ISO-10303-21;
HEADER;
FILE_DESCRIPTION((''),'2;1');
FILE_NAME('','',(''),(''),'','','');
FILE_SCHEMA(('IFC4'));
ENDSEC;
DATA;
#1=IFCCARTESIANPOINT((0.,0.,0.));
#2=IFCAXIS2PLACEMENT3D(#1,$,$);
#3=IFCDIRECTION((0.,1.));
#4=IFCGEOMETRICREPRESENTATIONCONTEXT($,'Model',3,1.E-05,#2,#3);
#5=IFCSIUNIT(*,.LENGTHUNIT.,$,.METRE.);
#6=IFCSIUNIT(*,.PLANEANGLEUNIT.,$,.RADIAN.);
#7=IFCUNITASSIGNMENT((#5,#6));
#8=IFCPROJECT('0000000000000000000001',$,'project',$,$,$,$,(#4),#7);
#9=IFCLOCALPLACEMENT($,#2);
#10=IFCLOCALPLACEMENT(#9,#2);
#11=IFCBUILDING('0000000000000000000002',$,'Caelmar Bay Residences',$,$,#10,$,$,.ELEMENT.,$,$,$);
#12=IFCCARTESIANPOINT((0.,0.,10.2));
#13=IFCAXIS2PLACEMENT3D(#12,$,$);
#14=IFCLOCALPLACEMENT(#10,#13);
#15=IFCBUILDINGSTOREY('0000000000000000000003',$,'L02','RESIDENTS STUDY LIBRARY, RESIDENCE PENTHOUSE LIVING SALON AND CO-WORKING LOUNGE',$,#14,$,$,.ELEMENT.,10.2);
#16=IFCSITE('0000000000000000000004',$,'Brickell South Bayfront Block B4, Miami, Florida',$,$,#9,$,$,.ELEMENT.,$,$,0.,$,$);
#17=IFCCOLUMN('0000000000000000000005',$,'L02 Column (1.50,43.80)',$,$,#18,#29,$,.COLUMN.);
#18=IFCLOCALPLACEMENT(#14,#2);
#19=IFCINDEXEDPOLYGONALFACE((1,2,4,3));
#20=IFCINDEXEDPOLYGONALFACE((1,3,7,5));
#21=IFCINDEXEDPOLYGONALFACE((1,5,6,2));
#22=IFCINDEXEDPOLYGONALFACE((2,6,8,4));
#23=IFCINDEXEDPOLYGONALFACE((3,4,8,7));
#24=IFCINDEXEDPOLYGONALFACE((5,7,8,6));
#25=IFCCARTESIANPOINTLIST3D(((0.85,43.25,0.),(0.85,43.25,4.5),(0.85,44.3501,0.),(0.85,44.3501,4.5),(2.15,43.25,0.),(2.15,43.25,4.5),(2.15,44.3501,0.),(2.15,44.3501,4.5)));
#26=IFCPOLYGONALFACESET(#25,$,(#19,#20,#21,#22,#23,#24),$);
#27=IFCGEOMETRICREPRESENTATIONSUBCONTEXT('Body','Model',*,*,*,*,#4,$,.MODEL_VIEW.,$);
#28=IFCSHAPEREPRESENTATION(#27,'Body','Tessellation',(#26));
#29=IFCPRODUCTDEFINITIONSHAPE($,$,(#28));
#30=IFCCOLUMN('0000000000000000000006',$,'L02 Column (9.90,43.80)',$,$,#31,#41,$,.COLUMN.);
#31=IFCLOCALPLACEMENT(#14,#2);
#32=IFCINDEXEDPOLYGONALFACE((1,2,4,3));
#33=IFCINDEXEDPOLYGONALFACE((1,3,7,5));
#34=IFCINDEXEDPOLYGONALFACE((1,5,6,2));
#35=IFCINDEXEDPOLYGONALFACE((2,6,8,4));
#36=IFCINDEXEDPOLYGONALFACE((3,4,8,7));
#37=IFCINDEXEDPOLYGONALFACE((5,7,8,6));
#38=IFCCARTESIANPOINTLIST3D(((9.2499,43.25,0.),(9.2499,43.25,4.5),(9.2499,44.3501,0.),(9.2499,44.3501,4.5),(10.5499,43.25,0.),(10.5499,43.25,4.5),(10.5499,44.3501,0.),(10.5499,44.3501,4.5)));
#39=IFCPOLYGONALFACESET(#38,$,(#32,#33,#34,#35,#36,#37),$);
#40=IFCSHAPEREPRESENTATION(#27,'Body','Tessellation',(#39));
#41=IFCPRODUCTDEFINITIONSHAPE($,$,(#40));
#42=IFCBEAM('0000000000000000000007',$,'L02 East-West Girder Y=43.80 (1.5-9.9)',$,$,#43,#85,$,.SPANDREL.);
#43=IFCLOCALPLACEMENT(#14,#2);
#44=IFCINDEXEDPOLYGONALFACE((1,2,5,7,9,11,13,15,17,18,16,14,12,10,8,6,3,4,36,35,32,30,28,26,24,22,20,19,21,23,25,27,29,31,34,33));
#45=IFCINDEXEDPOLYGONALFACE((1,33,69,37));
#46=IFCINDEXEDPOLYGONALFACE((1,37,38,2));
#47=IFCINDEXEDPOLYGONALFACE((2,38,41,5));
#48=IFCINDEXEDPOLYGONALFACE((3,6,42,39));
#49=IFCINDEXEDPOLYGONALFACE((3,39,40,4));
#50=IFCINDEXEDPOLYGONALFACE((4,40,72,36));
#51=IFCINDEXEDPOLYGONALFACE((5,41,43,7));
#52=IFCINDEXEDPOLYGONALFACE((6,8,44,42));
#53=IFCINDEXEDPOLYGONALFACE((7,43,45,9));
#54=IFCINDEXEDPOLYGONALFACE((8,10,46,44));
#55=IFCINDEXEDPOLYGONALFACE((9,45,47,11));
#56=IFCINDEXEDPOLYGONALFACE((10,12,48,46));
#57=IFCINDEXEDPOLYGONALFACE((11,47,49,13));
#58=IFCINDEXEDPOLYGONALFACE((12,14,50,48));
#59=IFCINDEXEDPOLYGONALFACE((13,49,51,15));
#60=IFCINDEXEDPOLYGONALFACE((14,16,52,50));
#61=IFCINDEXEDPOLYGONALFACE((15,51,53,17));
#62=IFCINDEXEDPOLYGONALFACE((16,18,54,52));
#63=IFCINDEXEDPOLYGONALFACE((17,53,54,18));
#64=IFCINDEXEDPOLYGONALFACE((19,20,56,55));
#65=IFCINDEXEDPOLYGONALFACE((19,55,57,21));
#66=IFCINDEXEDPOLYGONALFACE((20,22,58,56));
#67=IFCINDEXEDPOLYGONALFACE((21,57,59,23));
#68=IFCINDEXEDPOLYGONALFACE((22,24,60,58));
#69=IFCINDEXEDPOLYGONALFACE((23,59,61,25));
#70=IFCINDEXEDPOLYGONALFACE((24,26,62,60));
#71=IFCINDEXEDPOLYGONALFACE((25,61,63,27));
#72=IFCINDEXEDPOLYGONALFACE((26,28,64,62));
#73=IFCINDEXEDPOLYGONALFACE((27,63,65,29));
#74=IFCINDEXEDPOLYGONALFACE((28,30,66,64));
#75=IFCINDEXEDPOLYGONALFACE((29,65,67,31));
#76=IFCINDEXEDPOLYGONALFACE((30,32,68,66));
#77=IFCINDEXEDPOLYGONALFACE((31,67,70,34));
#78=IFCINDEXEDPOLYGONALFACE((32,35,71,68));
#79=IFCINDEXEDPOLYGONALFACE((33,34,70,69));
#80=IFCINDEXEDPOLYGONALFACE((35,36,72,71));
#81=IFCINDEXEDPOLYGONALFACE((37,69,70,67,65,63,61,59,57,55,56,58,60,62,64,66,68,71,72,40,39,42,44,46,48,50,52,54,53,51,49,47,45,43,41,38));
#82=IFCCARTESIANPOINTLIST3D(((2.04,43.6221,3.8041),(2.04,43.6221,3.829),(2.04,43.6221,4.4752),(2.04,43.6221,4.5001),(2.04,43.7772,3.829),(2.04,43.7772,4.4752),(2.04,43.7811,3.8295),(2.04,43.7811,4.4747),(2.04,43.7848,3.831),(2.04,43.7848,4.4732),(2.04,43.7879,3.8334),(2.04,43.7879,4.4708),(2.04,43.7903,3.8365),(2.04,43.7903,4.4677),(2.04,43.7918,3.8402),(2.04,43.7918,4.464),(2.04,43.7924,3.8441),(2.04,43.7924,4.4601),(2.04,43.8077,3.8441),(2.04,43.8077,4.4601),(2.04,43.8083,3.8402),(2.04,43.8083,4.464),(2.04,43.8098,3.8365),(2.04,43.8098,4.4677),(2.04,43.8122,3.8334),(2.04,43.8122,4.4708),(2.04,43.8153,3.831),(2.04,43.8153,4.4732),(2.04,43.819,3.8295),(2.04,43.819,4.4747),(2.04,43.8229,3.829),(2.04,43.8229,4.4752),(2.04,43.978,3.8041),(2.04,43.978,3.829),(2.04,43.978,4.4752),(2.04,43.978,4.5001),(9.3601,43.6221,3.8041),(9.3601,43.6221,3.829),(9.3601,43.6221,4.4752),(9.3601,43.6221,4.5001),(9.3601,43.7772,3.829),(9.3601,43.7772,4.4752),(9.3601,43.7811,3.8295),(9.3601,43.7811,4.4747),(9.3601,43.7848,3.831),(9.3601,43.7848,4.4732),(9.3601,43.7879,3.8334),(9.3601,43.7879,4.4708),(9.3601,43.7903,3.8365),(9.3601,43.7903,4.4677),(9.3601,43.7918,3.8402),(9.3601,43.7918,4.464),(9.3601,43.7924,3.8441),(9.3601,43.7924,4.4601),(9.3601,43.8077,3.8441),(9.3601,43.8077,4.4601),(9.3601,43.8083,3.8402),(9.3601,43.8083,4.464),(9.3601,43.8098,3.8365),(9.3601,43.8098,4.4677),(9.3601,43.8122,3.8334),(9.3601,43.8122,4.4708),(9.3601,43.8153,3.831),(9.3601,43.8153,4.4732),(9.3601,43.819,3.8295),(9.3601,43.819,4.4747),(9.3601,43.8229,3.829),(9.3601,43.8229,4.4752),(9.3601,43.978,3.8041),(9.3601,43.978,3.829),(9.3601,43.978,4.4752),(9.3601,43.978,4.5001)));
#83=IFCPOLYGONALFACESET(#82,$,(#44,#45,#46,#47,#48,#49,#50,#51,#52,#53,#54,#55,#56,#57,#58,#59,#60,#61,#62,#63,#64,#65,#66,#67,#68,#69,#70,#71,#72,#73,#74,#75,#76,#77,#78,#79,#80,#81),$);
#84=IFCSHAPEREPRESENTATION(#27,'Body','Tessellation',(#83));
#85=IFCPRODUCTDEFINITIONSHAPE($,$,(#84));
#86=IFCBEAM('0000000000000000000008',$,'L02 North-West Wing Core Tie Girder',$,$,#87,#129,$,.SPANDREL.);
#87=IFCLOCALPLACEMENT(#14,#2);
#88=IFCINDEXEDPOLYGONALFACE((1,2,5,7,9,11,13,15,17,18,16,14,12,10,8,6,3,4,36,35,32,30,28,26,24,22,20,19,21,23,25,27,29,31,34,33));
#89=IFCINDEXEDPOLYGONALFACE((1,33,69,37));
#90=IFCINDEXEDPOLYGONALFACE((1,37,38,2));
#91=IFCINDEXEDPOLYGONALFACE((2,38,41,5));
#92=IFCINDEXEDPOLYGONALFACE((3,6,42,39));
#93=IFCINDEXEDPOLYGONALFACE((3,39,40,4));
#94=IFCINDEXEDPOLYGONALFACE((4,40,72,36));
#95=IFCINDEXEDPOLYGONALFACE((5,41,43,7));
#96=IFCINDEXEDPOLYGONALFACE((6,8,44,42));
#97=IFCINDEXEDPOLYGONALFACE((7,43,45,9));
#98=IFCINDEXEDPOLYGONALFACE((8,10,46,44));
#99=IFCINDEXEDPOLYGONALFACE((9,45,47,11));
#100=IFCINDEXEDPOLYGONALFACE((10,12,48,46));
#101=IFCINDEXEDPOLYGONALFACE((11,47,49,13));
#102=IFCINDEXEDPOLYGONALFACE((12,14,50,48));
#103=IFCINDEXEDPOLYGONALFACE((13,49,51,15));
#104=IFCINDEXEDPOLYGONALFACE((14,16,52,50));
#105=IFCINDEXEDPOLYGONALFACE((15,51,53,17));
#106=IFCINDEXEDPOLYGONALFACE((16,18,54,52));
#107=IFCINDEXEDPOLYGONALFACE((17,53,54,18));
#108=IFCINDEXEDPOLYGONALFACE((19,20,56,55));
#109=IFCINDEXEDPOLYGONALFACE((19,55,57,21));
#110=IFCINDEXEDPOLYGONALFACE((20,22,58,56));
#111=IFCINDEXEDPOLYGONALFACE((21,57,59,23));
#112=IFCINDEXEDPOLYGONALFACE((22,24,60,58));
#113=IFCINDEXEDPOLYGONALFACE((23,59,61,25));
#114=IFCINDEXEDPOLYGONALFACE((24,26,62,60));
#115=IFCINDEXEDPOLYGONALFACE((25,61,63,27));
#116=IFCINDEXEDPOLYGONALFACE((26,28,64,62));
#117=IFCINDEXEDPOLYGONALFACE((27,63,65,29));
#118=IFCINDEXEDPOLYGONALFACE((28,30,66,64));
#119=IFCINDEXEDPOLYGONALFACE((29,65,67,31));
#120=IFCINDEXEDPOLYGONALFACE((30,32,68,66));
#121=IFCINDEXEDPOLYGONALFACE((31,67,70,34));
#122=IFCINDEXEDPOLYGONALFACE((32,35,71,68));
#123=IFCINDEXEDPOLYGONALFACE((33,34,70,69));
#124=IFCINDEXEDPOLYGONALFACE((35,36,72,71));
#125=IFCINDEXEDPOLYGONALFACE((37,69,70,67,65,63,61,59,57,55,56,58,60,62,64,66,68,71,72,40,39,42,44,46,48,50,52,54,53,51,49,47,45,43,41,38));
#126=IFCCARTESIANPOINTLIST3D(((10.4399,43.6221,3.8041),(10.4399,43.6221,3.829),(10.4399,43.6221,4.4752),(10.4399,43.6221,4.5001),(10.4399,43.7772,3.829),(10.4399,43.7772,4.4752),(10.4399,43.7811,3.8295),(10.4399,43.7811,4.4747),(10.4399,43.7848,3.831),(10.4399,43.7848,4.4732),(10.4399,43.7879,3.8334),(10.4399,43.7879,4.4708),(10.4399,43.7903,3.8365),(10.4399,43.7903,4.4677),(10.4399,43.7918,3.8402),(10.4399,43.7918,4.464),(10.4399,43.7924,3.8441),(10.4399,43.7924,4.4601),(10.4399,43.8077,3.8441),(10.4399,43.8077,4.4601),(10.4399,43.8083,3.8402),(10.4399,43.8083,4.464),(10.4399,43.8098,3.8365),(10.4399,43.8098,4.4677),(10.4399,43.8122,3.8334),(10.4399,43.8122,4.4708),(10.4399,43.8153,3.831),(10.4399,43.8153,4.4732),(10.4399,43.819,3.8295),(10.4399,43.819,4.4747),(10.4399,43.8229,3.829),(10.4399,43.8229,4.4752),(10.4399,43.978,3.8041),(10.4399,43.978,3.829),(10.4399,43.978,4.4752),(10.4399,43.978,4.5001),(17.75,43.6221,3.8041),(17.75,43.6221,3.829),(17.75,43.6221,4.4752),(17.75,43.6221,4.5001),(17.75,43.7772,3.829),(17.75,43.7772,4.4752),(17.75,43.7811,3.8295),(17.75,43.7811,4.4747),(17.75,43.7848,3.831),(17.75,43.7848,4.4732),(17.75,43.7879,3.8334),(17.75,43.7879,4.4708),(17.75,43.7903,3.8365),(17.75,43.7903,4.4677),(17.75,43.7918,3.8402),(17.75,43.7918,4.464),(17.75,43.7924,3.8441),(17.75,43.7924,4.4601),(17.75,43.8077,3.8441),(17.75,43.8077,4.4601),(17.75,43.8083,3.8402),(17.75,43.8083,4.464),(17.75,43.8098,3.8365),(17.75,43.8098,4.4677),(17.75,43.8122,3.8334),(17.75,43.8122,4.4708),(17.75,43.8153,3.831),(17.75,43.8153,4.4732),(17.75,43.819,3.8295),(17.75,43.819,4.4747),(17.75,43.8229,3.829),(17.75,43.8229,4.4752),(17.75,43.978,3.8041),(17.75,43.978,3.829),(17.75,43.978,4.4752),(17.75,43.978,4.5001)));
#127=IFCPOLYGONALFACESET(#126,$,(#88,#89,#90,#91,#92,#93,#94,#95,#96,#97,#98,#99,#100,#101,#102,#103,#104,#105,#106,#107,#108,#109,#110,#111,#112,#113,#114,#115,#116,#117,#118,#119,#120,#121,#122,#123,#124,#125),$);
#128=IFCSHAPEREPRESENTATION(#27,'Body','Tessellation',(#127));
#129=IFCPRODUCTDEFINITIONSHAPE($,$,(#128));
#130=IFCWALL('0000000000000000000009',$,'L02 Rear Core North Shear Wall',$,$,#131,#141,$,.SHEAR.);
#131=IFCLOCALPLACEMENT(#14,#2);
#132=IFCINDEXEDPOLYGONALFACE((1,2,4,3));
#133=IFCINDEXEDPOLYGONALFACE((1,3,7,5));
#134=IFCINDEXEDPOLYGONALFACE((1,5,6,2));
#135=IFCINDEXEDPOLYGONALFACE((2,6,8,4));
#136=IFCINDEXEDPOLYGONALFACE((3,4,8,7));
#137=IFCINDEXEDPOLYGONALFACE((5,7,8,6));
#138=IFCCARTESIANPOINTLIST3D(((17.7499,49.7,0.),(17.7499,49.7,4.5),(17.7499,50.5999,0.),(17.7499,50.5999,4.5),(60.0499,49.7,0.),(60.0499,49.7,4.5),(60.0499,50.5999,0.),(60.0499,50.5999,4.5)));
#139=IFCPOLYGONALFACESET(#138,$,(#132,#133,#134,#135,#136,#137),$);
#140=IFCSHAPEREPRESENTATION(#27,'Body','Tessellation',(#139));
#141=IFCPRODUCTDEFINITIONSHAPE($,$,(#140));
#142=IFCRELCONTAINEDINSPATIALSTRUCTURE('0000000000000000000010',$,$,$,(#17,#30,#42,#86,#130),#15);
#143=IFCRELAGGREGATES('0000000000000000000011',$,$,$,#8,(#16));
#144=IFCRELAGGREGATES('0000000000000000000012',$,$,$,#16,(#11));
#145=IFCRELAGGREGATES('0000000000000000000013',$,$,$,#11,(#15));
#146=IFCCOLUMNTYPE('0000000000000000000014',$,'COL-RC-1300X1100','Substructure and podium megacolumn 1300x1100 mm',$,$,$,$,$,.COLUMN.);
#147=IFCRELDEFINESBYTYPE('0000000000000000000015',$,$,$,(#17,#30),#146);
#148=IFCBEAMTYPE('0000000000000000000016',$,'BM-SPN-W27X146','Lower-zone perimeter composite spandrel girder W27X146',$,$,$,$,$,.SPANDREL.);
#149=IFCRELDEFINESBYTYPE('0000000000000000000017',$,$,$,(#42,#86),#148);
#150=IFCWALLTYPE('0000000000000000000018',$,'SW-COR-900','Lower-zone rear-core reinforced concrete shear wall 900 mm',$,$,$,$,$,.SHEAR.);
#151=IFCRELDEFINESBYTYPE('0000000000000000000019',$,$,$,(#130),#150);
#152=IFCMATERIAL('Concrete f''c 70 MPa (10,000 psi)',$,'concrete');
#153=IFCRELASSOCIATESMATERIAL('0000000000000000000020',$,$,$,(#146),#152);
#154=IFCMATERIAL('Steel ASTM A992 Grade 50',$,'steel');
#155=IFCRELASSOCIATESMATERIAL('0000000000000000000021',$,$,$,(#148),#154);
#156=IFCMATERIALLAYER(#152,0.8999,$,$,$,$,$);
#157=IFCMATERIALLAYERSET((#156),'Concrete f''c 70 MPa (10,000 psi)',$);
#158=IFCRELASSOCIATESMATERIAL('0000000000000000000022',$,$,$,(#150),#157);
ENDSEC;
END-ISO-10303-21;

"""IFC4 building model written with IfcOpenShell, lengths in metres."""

from ifc_helpers import new_model, si_unit, direction, frame, frame_2d, origin, origin_2d, place, context, subcontext, project, spatial, rectangle, i_section, extrude, material, layer, layer_set, material_profile, profile_set, type_object, element, save


model = new_model("IFC4")

# Units and contexts
model_context = context("Model", 3, precision=1e-05, world=origin(), true_north=direction((0.0, 1.0)))
body_context = subcontext(model_context, "Body", "Model", "MODEL_VIEW")
ifc_project = project(units=[si_unit("LENGTHUNIT", "METRE"), si_unit("PLANEANGLEUNIT", "RADIAN")], contexts=[model_context])

# Site, building, storey
site_placement = place(None, origin())
site = spatial("IfcSite", under=ifc_project, at=site_placement, Name="Brickell South Bayfront Block B4, Miami, Florida", CompositionType="ELEMENT", RefElevation=0.0)
building_placement = place(site_placement, origin())
building = spatial("IfcBuilding", under=site, at=building_placement, Name="Caelmar Bay Residences", CompositionType="ELEMENT")
storey_placement = place(building_placement, frame((0.0, 0.0, 10.2)))
storey = spatial("IfcBuildingStorey", under=building, at=storey_placement, Name="L02", Description="RESIDENTS STUDY LIBRARY, RESIDENCE PENTHOUSE LIVING SALON AND CO-WORKING LOUNGE", CompositionType="ELEMENT", Elevation=10.2)

# Columns
ifc_material_1 = material(Name="Concrete f'c 70 MPa (10,000 psi)", Category="concrete")
ifc_material_profile_1 = material_profile(ifc_material_1, rectangle(XDim=1.3, YDim=1.1001, at=origin_2d()), Name="RC-COL-1300X1100")
ifc_profile_set_1 = profile_set([ifc_material_profile_1], Name="Concrete f'c 70 MPa (10,000 psi)")
column_type = type_object("IfcColumnType", Name="COL-RC-1300X1100", Description="Substructure and podium megacolumn 1300x1100 mm", PredefinedType="COLUMN", material=ifc_profile_set_1)
for number, where, z_axis, x_axis, name in (
    (1, (1.5, 43.8, 0.0), (0.0, 0.0, 1.0), (1.0, 0.0, 0.0), "L02 Column (1.50,43.80)"),
    (2, (9.8999, 43.8, 0.0), (0.0, 0.0, 1.0), (1.0, 0.0, 0.0), "L02 Column (9.90,43.80)"),
):
    element("IfcColumn", number, at=place(storey_placement, frame(where, z_axis=z_axis, x_axis=x_axis)), inside=storey, type_object=column_type, Name=name, PredefinedType="COLUMN", context=body_context, shape_type="SweptSolid", body=[
        extrude(rectangle(XDim=1.3, YDim=1.1001, at=origin_2d()), origin(), (0.0, 0.0, 1.0), 4.5),
    ])

# Beams
ifc_material_2 = material(Name="Steel ASTM A992 Grade 50", Category="steel")
ifc_material_profile_2 = material_profile(ifc_material_2, i_section(OverallWidth=0.356, OverallDepth=0.696, WebThickness=0.0154, FlangeThickness=0.0249, FilletRadius=0.0151, at=origin_2d()), Name="W27X146")
ifc_profile_set_2 = profile_set([ifc_material_profile_2], Name="Steel ASTM A992 Grade 50")
beam_type = type_object("IfcBeamType", Name="BM-SPN-W27X146", Description="Lower-zone perimeter composite spandrel girder W27X146", PredefinedType="SPANDREL", material=ifc_profile_set_2)
beam_1_placement = place(storey_placement, frame((2.04, 43.8, 4.1521), z_axis=(1.0, 0.0, 0.0), x_axis=(0.0, 1.0, 0.0)))
element("IfcBeam", 3, at=beam_1_placement, inside=storey, type_object=beam_type, Name="L02 East-West Girder Y=43.80 (1.5-9.9)", PredefinedType="SPANDREL", context=body_context, shape_type="SweptSolid", body=[
    extrude(i_section(OverallWidth=0.356, OverallDepth=0.696, WebThickness=0.0154, FlangeThickness=0.0249, FilletRadius=0.0151, at=origin_2d()), origin(), (0.0, 0.0, 1.0), 7.3201),
])
beam_2_placement = place(storey_placement, frame((10.4399, 43.8, 4.1521), z_axis=(1.0, 0.0, 0.0), x_axis=(0.0, 1.0, 0.0)))
element("IfcBeam", 4, at=beam_2_placement, inside=storey, type_object=beam_type, Name="L02 North-West Wing Core Tie Girder", PredefinedType="SPANDREL", context=body_context, shape_type="SweptSolid", body=[
    extrude(i_section(OverallWidth=0.356, OverallDepth=0.696, WebThickness=0.0154, FlangeThickness=0.0249, FilletRadius=0.0151, at=origin_2d()), origin(), (0.0, 0.0, 1.0), 7.3101),
])

# Wall
ifc_layer_1 = layer(ifc_material_1, 0.8999)
ifc_layer_set_1 = layer_set([ifc_layer_1], Name="Concrete f'c 70 MPa (10,000 psi)")
wall_type_1 = type_object("IfcWallType", Name="SW-COR-900", Description="Lower-zone rear-core reinforced concrete shear wall 900 mm", PredefinedType="SHEAR", material=ifc_layer_set_1)
wall_1_placement = place(storey_placement, frame((17.75, 50.1499, 0.0), z_axis=(0.0, 0.0, 1.0), x_axis=(1.0, 0.0, 0.0)))
element("IfcWall", 5, at=wall_1_placement, inside=storey, type_object=wall_type_1, Name="L02 Rear Core North Shear Wall", PredefinedType="SHEAR", context=body_context, shape_type="SweptSolid", body=[
    extrude(rectangle(XDim=42.3, YDim=0.8999, at=frame_2d((21.1499, 0.0))), origin(), (0.0, 0.0, 1.0), 4.5),
])

save(model, "model.ifc")
